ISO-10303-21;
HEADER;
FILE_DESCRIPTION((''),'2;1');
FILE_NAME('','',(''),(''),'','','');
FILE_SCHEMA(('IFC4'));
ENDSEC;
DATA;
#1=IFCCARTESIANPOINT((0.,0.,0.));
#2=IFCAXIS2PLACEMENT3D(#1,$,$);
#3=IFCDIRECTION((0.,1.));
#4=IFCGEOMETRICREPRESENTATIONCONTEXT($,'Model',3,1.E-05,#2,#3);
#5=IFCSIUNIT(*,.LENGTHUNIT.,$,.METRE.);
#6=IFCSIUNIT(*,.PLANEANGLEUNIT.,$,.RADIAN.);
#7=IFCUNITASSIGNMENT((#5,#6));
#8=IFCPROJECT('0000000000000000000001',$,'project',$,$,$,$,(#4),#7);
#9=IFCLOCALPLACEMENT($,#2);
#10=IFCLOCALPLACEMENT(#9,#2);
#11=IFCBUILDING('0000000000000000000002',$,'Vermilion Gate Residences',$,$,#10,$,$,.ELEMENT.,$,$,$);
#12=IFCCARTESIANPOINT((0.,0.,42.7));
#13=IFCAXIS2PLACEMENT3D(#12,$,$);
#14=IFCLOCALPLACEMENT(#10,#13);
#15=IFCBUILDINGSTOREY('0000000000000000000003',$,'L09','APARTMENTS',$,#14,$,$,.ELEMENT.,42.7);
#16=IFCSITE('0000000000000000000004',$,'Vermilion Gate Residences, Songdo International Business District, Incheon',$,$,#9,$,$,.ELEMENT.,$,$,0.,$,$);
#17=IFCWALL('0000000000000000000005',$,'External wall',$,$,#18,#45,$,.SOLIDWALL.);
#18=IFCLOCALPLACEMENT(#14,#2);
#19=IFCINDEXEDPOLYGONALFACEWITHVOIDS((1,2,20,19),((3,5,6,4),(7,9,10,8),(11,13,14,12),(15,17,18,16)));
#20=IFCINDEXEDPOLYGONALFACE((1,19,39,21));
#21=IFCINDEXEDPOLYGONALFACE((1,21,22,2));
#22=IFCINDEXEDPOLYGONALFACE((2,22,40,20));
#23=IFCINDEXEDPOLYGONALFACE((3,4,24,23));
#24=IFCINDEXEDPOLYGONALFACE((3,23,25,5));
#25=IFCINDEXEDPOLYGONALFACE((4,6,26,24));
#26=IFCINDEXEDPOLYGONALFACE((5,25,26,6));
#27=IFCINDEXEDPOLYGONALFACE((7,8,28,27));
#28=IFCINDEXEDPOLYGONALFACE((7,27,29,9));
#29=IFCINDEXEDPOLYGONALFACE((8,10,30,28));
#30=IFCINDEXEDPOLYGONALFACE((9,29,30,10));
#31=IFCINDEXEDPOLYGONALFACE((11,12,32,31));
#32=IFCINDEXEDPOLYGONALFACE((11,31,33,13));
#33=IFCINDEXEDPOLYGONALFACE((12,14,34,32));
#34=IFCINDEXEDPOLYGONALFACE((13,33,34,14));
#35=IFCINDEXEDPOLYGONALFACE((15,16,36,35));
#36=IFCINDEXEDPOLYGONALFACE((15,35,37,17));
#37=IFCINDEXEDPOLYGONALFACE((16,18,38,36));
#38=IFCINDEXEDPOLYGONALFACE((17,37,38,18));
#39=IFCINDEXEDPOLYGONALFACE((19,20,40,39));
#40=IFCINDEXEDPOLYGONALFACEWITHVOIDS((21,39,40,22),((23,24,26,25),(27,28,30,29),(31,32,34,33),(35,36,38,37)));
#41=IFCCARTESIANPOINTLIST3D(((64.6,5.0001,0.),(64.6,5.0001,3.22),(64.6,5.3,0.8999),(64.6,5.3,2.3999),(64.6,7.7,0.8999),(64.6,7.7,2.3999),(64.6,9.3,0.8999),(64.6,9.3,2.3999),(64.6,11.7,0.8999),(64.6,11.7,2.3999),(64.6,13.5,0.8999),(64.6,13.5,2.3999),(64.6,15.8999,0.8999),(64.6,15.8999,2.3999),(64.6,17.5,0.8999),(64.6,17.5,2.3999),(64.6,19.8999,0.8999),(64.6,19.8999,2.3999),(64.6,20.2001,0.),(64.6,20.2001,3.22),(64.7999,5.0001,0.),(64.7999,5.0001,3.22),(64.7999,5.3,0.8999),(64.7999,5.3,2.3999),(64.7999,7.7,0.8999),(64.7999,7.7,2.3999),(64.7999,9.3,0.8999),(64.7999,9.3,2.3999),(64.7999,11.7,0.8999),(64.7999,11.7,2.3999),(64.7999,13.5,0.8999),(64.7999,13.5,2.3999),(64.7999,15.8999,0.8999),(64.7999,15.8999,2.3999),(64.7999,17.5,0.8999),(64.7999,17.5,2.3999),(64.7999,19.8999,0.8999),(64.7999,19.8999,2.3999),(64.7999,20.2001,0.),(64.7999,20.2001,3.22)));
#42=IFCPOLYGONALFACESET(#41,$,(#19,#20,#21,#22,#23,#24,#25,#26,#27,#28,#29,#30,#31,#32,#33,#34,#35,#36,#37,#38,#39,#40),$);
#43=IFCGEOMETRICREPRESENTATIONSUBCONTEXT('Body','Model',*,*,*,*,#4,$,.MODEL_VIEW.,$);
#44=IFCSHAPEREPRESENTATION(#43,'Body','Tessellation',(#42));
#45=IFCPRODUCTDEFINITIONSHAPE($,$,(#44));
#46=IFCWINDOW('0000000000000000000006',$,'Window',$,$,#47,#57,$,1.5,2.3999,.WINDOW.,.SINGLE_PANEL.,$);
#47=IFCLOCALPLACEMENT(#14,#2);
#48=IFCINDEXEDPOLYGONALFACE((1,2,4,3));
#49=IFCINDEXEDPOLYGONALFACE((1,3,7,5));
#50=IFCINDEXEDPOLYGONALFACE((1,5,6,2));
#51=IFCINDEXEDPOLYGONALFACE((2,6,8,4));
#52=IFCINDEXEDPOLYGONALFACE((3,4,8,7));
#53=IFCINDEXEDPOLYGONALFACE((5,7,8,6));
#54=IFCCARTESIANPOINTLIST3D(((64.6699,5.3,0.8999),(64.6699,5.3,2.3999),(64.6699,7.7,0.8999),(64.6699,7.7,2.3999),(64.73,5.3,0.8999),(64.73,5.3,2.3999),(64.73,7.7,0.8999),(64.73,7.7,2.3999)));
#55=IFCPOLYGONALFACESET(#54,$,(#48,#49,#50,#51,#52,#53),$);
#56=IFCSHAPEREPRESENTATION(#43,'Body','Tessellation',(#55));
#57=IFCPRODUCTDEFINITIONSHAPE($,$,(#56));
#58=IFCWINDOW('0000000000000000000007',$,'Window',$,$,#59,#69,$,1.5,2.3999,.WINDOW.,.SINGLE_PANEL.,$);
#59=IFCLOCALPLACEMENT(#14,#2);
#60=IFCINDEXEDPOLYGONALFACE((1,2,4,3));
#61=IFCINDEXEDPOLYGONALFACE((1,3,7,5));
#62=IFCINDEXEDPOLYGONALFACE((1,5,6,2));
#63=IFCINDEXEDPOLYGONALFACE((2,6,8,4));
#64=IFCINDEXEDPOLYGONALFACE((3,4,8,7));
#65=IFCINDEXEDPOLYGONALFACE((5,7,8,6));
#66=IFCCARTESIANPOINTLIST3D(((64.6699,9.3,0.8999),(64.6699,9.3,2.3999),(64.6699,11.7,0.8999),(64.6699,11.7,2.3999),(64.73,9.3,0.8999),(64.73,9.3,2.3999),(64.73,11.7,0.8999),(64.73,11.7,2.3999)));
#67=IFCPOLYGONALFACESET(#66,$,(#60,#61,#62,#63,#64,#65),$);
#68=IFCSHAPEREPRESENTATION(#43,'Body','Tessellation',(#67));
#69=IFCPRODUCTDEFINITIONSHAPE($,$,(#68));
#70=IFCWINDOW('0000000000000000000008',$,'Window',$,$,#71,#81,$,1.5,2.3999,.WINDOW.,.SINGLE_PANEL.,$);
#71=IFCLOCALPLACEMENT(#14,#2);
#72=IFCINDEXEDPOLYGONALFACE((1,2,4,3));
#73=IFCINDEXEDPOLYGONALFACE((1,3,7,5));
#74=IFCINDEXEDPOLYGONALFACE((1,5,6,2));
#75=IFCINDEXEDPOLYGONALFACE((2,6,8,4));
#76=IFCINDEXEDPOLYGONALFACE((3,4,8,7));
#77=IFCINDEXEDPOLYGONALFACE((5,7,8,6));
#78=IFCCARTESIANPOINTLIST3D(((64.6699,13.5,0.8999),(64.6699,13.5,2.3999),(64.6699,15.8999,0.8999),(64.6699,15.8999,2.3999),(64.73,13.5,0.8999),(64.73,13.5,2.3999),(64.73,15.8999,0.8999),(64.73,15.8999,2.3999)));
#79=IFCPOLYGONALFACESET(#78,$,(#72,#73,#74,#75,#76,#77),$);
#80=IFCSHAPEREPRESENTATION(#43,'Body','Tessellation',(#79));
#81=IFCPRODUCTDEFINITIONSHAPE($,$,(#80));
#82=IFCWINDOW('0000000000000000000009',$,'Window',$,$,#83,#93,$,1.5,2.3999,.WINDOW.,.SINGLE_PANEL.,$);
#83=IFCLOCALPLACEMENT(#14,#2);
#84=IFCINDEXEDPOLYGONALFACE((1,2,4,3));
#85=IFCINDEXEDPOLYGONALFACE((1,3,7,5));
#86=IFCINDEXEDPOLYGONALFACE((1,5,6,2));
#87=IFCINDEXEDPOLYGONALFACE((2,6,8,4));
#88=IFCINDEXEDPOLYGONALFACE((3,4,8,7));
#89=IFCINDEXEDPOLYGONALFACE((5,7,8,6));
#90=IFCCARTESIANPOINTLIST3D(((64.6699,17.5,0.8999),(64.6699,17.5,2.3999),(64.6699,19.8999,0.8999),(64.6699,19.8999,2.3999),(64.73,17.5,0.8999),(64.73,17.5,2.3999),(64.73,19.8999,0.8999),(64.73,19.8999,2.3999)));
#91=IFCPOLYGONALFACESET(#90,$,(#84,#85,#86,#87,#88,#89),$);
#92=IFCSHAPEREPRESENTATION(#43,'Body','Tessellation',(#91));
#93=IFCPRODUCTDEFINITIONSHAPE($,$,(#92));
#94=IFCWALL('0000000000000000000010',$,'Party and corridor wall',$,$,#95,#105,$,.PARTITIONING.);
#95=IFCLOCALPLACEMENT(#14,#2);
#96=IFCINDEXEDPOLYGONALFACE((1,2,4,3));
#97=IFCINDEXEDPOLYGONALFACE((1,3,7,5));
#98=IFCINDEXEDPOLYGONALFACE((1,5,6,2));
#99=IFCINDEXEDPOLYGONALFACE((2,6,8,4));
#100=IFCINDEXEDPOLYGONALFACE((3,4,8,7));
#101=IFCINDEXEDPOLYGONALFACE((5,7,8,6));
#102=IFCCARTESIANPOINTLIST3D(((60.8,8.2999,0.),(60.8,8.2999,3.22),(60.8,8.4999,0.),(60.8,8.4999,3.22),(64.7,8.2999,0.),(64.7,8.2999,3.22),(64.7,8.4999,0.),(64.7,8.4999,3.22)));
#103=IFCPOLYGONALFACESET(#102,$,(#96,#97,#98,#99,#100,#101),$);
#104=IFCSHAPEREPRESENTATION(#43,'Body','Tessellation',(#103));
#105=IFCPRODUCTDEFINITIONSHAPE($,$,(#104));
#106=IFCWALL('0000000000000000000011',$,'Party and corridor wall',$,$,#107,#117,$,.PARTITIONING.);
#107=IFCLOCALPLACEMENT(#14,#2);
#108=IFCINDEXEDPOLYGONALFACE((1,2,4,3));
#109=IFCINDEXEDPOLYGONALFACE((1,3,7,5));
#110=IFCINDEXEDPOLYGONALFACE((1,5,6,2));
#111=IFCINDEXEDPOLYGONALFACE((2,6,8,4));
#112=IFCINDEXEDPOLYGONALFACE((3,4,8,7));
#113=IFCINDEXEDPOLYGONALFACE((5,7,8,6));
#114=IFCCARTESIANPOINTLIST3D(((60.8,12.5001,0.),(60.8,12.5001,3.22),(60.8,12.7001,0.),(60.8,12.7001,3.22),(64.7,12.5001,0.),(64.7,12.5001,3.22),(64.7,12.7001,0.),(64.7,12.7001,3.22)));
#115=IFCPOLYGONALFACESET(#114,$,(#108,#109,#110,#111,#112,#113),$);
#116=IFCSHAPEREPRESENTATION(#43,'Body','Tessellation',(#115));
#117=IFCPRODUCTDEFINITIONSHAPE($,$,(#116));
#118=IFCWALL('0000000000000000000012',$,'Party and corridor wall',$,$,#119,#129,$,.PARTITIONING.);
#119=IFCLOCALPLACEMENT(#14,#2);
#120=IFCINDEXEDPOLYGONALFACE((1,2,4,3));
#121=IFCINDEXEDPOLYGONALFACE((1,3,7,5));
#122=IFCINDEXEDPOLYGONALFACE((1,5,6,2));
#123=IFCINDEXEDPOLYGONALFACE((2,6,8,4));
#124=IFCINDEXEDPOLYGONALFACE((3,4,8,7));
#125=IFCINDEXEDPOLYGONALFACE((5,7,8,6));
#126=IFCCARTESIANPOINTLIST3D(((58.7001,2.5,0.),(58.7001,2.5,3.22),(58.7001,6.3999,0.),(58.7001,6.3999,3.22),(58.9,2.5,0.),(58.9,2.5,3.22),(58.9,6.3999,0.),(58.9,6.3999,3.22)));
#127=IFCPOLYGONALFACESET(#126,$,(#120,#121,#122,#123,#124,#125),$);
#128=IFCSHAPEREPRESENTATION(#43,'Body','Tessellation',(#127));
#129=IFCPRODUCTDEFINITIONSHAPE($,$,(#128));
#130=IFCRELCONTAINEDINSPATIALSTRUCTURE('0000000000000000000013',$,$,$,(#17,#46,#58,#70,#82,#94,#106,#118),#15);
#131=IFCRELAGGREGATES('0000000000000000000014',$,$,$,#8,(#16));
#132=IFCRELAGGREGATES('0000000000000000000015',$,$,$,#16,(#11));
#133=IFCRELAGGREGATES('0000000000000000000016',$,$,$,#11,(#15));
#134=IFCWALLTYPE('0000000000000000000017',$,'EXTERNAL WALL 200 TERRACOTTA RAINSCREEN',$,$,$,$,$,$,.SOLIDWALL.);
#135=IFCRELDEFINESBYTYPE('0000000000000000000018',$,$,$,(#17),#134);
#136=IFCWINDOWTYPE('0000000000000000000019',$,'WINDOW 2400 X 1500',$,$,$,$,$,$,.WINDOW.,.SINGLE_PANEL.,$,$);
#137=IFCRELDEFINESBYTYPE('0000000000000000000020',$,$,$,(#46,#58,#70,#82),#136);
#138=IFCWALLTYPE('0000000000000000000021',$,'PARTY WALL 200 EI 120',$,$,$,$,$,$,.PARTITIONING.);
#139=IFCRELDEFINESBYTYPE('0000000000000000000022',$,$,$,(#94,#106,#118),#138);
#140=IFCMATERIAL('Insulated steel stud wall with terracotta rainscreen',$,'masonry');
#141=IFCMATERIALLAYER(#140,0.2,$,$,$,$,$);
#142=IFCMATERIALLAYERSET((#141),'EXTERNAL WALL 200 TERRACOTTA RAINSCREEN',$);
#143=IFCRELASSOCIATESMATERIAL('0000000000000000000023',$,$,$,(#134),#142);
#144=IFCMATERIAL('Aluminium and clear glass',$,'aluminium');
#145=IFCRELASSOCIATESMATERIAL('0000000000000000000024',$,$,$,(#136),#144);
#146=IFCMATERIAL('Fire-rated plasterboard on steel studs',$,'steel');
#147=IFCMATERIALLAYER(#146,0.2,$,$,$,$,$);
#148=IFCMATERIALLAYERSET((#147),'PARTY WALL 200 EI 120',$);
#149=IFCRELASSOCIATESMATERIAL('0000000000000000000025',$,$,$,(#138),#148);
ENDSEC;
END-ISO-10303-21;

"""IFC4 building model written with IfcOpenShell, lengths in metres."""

from ifc_helpers import new_model, si_unit, direction, frame, frame_2d, origin, place, context, subcontext, project, spatial, rectangle, extrude, material, layer, layer_set, type_object, element, fill, save


model = new_model("IFC4")

# Units and contexts
model_context = context("Model", 3, precision=1e-05, world=origin(), true_north=direction((0.0, 1.0)))
body_context = subcontext(model_context, "Body", "Model", "MODEL_VIEW")
ifc_project = project(units=[si_unit("LENGTHUNIT", "METRE"), si_unit("PLANEANGLEUNIT", "RADIAN")], contexts=[model_context])

# Site, building, storey
site_placement = place(None, origin())
site = spatial("IfcSite", under=ifc_project, at=site_placement, Name="Vermilion Gate Residences, Songdo International Business District, Incheon", CompositionType="ELEMENT", RefElevation=0.0)
building_placement = place(site_placement, origin())
building = spatial("IfcBuilding", under=site, at=building_placement, Name="Vermilion Gate Residences", CompositionType="ELEMENT")
storey_placement = place(building_placement, frame((0.0, 0.0, 42.7)))
storey = spatial("IfcBuildingStorey", under=building, at=storey_placement, Name="L09", Description="APARTMENTS", CompositionType="ELEMENT", Elevation=42.7)

# Shared definitions
ifc_material_1 = material(Name="Insulated steel stud wall with terracotta rainscreen", Category="masonry")
ifc_layer_1 = layer(ifc_material_1, 0.2)
ifc_layer_set_1 = layer_set([ifc_layer_1], Name="EXTERNAL WALL 200 TERRACOTTA RAINSCREEN")
wall_type_1 = type_object("IfcWallType", Name="EXTERNAL WALL 200 TERRACOTTA RAINSCREEN", PredefinedType="SOLIDWALL", material=ifc_layer_set_1)

# Wall, openings, windows
wall_1_placement = place(storey_placement, frame((64.7, 5.0, 0.0), z_axis=(0.0, 0.0, 1.0), x_axis=(0.0, 1.0, 0.0)))
wall_1 = element("IfcWall", 1, at=wall_1_placement, inside=storey, type_object=wall_type_1, Name="External wall", PredefinedType="SOLIDWALL", context=body_context, shape_type="SweptSolid", body=[
    extrude(rectangle(XDim=15.2, YDim=0.2, at=frame_2d((7.6001, 0.0))), origin(), (0.0, 0.0, 1.0), 3.22),
])
opening_1_placement = place(wall_1_placement, frame((0.3, 0.0, 0.8999)))
opening_1 = element("IfcOpeningElement", 2, at=opening_1_placement, cuts=wall_1, PredefinedType="OPENING", context=body_context, shape_type="SweptSolid", body=[
    extrude(rectangle(XDim=2.3999, YDim=1.5, at=frame_2d((1.2, 0.75))), frame((0.0, 0.1099, 0.0), z_axis=(0.0, -1.0, 0.0), x_axis=(1.0, 0.0, 0.0)), (0.0, 0.0, 1.0), 0.22),
])
opening_2_placement = place(wall_1_placement, frame((4.3, 0.0, 0.8999)))
opening_2 = element("IfcOpeningElement", 3, at=opening_2_placement, cuts=wall_1, PredefinedType="OPENING", context=body_context, shape_type="SweptSolid", body=[
    extrude(rectangle(XDim=2.3999, YDim=1.5, at=frame_2d((1.2, 0.75))), frame((0.0, 0.1099, 0.0), z_axis=(0.0, -1.0, 0.0), x_axis=(1.0, 0.0, 0.0)), (0.0, 0.0, 1.0), 0.22),
])
opening_3_placement = place(wall_1_placement, frame((8.5, 0.0, 0.8999)))
opening_3 = element("IfcOpeningElement", 4, at=opening_3_placement, cuts=wall_1, PredefinedType="OPENING", context=body_context, shape_type="SweptSolid", body=[
    extrude(rectangle(XDim=2.3999, YDim=1.5, at=frame_2d((1.2, 0.75))), frame((0.0, 0.1099, 0.0), z_axis=(0.0, -1.0, 0.0), x_axis=(1.0, 0.0, 0.0)), (0.0, 0.0, 1.0), 0.22),
])
opening_4_placement = place(wall_1_placement, frame((12.5, 0.0, 0.8999)))
opening_4 = element("IfcOpeningElement", 5, at=opening_4_placement, cuts=wall_1, PredefinedType="OPENING", context=body_context, shape_type="SweptSolid", body=[
    extrude(rectangle(XDim=2.3999, YDim=1.5, at=frame_2d((1.2, 0.75))), frame((0.0, 0.1099, 0.0), z_axis=(0.0, -1.0, 0.0), x_axis=(1.0, 0.0, 0.0)), (0.0, 0.0, 1.0), 0.22),
])
ifc_material_2 = material(Name="Aluminium and clear glass", Category="aluminium")
window_type = type_object("IfcWindowType", Name="WINDOW 2400 X 1500", PartitioningType="SINGLE_PANEL", PredefinedType="WINDOW", material=ifc_material_2)
window_1_placement = place(opening_1_placement, origin())
window_1 = element("IfcWindow", 6, at=window_1_placement, inside=storey, type_object=window_type, Name="Window", OverallHeight=1.5, OverallWidth=2.3999, PartitioningType="SINGLE_PANEL", PredefinedType="WINDOW", context=body_context, shape_type="SweptSolid", body=[
    extrude(rectangle(XDim=2.3999, YDim=1.5, at=frame_2d((1.2, 0.75))), frame((0.0, 0.03, 0.0), z_axis=(0.0, -1.0, 0.0), x_axis=(1.0, 0.0, 0.0)), (0.0, 0.0, 1.0), 0.0601),
])
fill(opening_1, window_1)
window_2_placement = place(opening_2_placement, origin())
window_2 = element("IfcWindow", 7, at=window_2_placement, inside=storey, type_object=window_type, Name="Window", OverallHeight=1.5, OverallWidth=2.3999, PartitioningType="SINGLE_PANEL", PredefinedType="WINDOW", context=body_context, shape_type="SweptSolid", body=[
    extrude(rectangle(XDim=2.3999, YDim=1.5, at=frame_2d((1.2, 0.75))), frame((0.0, 0.03, 0.0), z_axis=(0.0, -1.0, 0.0), x_axis=(1.0, 0.0, 0.0)), (0.0, 0.0, 1.0), 0.0601),
])
fill(opening_2, window_2)
window_3_placement = place(opening_3_placement, origin())
window_3 = element("IfcWindow", 8, at=window_3_placement, inside=storey, type_object=window_type, Name="Window", OverallHeight=1.5, OverallWidth=2.3999, PartitioningType="SINGLE_PANEL", PredefinedType="WINDOW", context=body_context, shape_type="SweptSolid", body=[
    extrude(rectangle(XDim=2.3999, YDim=1.5, at=frame_2d((1.2, 0.75))), frame((0.0, 0.03, 0.0), z_axis=(0.0, -1.0, 0.0), x_axis=(1.0, 0.0, 0.0)), (0.0, 0.0, 1.0), 0.0601),
])
fill(opening_3, window_3)
window_4_placement = place(opening_4_placement, origin())
window_4 = element("IfcWindow", 9, at=window_4_placement, inside=storey, type_object=window_type, Name="Window", OverallHeight=1.5, OverallWidth=2.3999, PartitioningType="SINGLE_PANEL", PredefinedType="WINDOW", context=body_context, shape_type="SweptSolid", body=[
    extrude(rectangle(XDim=2.3999, YDim=1.5, at=frame_2d((1.2, 0.75))), frame((0.0, 0.03, 0.0), z_axis=(0.0, -1.0, 0.0), x_axis=(1.0, 0.0, 0.0)), (0.0, 0.0, 1.0), 0.0601),
])
fill(opening_4, window_4)

# Walls
ifc_material_3 = material(Name="Fire-rated plasterboard on steel studs", Category="steel")
ifc_layer_2 = layer(ifc_material_3, 0.2)
ifc_layer_set_2 = layer_set([ifc_layer_2], Name="PARTY WALL 200 EI 120")
wall_type_2 = type_object("IfcWallType", Name="PARTY WALL 200 EI 120", PredefinedType="PARTITIONING", material=ifc_layer_set_2)
for number, where, z_axis, x_axis, name in (
    (10, (60.8, 8.3999, 0.0), (0.0, 0.0, 1.0), (1.0, 0.0, 0.0), "Party and corridor wall"),
    (11, (60.8, 12.6001, 0.0), (0.0, 0.0, 1.0), (1.0, 0.0, 0.0), "Party and corridor wall"),
    (12, (58.8, 2.5, 0.0), (0.0, 0.0, 1.0), (0.0, 1.0, 0.0), "Party and corridor wall"),
):
    element("IfcWall", number, at=place(storey_placement, frame(where, z_axis=z_axis, x_axis=x_axis)), inside=storey, type_object=wall_type_2, Name=name, PredefinedType="PARTITIONING", context=body_context, shape_type="SweptSolid", body=[
        extrude(rectangle(XDim=3.8999, YDim=0.2, at=frame_2d((1.95, 0.0))), origin(), (0.0, 0.0, 1.0), 3.22),
    ])

save(model, "model.ifc")
